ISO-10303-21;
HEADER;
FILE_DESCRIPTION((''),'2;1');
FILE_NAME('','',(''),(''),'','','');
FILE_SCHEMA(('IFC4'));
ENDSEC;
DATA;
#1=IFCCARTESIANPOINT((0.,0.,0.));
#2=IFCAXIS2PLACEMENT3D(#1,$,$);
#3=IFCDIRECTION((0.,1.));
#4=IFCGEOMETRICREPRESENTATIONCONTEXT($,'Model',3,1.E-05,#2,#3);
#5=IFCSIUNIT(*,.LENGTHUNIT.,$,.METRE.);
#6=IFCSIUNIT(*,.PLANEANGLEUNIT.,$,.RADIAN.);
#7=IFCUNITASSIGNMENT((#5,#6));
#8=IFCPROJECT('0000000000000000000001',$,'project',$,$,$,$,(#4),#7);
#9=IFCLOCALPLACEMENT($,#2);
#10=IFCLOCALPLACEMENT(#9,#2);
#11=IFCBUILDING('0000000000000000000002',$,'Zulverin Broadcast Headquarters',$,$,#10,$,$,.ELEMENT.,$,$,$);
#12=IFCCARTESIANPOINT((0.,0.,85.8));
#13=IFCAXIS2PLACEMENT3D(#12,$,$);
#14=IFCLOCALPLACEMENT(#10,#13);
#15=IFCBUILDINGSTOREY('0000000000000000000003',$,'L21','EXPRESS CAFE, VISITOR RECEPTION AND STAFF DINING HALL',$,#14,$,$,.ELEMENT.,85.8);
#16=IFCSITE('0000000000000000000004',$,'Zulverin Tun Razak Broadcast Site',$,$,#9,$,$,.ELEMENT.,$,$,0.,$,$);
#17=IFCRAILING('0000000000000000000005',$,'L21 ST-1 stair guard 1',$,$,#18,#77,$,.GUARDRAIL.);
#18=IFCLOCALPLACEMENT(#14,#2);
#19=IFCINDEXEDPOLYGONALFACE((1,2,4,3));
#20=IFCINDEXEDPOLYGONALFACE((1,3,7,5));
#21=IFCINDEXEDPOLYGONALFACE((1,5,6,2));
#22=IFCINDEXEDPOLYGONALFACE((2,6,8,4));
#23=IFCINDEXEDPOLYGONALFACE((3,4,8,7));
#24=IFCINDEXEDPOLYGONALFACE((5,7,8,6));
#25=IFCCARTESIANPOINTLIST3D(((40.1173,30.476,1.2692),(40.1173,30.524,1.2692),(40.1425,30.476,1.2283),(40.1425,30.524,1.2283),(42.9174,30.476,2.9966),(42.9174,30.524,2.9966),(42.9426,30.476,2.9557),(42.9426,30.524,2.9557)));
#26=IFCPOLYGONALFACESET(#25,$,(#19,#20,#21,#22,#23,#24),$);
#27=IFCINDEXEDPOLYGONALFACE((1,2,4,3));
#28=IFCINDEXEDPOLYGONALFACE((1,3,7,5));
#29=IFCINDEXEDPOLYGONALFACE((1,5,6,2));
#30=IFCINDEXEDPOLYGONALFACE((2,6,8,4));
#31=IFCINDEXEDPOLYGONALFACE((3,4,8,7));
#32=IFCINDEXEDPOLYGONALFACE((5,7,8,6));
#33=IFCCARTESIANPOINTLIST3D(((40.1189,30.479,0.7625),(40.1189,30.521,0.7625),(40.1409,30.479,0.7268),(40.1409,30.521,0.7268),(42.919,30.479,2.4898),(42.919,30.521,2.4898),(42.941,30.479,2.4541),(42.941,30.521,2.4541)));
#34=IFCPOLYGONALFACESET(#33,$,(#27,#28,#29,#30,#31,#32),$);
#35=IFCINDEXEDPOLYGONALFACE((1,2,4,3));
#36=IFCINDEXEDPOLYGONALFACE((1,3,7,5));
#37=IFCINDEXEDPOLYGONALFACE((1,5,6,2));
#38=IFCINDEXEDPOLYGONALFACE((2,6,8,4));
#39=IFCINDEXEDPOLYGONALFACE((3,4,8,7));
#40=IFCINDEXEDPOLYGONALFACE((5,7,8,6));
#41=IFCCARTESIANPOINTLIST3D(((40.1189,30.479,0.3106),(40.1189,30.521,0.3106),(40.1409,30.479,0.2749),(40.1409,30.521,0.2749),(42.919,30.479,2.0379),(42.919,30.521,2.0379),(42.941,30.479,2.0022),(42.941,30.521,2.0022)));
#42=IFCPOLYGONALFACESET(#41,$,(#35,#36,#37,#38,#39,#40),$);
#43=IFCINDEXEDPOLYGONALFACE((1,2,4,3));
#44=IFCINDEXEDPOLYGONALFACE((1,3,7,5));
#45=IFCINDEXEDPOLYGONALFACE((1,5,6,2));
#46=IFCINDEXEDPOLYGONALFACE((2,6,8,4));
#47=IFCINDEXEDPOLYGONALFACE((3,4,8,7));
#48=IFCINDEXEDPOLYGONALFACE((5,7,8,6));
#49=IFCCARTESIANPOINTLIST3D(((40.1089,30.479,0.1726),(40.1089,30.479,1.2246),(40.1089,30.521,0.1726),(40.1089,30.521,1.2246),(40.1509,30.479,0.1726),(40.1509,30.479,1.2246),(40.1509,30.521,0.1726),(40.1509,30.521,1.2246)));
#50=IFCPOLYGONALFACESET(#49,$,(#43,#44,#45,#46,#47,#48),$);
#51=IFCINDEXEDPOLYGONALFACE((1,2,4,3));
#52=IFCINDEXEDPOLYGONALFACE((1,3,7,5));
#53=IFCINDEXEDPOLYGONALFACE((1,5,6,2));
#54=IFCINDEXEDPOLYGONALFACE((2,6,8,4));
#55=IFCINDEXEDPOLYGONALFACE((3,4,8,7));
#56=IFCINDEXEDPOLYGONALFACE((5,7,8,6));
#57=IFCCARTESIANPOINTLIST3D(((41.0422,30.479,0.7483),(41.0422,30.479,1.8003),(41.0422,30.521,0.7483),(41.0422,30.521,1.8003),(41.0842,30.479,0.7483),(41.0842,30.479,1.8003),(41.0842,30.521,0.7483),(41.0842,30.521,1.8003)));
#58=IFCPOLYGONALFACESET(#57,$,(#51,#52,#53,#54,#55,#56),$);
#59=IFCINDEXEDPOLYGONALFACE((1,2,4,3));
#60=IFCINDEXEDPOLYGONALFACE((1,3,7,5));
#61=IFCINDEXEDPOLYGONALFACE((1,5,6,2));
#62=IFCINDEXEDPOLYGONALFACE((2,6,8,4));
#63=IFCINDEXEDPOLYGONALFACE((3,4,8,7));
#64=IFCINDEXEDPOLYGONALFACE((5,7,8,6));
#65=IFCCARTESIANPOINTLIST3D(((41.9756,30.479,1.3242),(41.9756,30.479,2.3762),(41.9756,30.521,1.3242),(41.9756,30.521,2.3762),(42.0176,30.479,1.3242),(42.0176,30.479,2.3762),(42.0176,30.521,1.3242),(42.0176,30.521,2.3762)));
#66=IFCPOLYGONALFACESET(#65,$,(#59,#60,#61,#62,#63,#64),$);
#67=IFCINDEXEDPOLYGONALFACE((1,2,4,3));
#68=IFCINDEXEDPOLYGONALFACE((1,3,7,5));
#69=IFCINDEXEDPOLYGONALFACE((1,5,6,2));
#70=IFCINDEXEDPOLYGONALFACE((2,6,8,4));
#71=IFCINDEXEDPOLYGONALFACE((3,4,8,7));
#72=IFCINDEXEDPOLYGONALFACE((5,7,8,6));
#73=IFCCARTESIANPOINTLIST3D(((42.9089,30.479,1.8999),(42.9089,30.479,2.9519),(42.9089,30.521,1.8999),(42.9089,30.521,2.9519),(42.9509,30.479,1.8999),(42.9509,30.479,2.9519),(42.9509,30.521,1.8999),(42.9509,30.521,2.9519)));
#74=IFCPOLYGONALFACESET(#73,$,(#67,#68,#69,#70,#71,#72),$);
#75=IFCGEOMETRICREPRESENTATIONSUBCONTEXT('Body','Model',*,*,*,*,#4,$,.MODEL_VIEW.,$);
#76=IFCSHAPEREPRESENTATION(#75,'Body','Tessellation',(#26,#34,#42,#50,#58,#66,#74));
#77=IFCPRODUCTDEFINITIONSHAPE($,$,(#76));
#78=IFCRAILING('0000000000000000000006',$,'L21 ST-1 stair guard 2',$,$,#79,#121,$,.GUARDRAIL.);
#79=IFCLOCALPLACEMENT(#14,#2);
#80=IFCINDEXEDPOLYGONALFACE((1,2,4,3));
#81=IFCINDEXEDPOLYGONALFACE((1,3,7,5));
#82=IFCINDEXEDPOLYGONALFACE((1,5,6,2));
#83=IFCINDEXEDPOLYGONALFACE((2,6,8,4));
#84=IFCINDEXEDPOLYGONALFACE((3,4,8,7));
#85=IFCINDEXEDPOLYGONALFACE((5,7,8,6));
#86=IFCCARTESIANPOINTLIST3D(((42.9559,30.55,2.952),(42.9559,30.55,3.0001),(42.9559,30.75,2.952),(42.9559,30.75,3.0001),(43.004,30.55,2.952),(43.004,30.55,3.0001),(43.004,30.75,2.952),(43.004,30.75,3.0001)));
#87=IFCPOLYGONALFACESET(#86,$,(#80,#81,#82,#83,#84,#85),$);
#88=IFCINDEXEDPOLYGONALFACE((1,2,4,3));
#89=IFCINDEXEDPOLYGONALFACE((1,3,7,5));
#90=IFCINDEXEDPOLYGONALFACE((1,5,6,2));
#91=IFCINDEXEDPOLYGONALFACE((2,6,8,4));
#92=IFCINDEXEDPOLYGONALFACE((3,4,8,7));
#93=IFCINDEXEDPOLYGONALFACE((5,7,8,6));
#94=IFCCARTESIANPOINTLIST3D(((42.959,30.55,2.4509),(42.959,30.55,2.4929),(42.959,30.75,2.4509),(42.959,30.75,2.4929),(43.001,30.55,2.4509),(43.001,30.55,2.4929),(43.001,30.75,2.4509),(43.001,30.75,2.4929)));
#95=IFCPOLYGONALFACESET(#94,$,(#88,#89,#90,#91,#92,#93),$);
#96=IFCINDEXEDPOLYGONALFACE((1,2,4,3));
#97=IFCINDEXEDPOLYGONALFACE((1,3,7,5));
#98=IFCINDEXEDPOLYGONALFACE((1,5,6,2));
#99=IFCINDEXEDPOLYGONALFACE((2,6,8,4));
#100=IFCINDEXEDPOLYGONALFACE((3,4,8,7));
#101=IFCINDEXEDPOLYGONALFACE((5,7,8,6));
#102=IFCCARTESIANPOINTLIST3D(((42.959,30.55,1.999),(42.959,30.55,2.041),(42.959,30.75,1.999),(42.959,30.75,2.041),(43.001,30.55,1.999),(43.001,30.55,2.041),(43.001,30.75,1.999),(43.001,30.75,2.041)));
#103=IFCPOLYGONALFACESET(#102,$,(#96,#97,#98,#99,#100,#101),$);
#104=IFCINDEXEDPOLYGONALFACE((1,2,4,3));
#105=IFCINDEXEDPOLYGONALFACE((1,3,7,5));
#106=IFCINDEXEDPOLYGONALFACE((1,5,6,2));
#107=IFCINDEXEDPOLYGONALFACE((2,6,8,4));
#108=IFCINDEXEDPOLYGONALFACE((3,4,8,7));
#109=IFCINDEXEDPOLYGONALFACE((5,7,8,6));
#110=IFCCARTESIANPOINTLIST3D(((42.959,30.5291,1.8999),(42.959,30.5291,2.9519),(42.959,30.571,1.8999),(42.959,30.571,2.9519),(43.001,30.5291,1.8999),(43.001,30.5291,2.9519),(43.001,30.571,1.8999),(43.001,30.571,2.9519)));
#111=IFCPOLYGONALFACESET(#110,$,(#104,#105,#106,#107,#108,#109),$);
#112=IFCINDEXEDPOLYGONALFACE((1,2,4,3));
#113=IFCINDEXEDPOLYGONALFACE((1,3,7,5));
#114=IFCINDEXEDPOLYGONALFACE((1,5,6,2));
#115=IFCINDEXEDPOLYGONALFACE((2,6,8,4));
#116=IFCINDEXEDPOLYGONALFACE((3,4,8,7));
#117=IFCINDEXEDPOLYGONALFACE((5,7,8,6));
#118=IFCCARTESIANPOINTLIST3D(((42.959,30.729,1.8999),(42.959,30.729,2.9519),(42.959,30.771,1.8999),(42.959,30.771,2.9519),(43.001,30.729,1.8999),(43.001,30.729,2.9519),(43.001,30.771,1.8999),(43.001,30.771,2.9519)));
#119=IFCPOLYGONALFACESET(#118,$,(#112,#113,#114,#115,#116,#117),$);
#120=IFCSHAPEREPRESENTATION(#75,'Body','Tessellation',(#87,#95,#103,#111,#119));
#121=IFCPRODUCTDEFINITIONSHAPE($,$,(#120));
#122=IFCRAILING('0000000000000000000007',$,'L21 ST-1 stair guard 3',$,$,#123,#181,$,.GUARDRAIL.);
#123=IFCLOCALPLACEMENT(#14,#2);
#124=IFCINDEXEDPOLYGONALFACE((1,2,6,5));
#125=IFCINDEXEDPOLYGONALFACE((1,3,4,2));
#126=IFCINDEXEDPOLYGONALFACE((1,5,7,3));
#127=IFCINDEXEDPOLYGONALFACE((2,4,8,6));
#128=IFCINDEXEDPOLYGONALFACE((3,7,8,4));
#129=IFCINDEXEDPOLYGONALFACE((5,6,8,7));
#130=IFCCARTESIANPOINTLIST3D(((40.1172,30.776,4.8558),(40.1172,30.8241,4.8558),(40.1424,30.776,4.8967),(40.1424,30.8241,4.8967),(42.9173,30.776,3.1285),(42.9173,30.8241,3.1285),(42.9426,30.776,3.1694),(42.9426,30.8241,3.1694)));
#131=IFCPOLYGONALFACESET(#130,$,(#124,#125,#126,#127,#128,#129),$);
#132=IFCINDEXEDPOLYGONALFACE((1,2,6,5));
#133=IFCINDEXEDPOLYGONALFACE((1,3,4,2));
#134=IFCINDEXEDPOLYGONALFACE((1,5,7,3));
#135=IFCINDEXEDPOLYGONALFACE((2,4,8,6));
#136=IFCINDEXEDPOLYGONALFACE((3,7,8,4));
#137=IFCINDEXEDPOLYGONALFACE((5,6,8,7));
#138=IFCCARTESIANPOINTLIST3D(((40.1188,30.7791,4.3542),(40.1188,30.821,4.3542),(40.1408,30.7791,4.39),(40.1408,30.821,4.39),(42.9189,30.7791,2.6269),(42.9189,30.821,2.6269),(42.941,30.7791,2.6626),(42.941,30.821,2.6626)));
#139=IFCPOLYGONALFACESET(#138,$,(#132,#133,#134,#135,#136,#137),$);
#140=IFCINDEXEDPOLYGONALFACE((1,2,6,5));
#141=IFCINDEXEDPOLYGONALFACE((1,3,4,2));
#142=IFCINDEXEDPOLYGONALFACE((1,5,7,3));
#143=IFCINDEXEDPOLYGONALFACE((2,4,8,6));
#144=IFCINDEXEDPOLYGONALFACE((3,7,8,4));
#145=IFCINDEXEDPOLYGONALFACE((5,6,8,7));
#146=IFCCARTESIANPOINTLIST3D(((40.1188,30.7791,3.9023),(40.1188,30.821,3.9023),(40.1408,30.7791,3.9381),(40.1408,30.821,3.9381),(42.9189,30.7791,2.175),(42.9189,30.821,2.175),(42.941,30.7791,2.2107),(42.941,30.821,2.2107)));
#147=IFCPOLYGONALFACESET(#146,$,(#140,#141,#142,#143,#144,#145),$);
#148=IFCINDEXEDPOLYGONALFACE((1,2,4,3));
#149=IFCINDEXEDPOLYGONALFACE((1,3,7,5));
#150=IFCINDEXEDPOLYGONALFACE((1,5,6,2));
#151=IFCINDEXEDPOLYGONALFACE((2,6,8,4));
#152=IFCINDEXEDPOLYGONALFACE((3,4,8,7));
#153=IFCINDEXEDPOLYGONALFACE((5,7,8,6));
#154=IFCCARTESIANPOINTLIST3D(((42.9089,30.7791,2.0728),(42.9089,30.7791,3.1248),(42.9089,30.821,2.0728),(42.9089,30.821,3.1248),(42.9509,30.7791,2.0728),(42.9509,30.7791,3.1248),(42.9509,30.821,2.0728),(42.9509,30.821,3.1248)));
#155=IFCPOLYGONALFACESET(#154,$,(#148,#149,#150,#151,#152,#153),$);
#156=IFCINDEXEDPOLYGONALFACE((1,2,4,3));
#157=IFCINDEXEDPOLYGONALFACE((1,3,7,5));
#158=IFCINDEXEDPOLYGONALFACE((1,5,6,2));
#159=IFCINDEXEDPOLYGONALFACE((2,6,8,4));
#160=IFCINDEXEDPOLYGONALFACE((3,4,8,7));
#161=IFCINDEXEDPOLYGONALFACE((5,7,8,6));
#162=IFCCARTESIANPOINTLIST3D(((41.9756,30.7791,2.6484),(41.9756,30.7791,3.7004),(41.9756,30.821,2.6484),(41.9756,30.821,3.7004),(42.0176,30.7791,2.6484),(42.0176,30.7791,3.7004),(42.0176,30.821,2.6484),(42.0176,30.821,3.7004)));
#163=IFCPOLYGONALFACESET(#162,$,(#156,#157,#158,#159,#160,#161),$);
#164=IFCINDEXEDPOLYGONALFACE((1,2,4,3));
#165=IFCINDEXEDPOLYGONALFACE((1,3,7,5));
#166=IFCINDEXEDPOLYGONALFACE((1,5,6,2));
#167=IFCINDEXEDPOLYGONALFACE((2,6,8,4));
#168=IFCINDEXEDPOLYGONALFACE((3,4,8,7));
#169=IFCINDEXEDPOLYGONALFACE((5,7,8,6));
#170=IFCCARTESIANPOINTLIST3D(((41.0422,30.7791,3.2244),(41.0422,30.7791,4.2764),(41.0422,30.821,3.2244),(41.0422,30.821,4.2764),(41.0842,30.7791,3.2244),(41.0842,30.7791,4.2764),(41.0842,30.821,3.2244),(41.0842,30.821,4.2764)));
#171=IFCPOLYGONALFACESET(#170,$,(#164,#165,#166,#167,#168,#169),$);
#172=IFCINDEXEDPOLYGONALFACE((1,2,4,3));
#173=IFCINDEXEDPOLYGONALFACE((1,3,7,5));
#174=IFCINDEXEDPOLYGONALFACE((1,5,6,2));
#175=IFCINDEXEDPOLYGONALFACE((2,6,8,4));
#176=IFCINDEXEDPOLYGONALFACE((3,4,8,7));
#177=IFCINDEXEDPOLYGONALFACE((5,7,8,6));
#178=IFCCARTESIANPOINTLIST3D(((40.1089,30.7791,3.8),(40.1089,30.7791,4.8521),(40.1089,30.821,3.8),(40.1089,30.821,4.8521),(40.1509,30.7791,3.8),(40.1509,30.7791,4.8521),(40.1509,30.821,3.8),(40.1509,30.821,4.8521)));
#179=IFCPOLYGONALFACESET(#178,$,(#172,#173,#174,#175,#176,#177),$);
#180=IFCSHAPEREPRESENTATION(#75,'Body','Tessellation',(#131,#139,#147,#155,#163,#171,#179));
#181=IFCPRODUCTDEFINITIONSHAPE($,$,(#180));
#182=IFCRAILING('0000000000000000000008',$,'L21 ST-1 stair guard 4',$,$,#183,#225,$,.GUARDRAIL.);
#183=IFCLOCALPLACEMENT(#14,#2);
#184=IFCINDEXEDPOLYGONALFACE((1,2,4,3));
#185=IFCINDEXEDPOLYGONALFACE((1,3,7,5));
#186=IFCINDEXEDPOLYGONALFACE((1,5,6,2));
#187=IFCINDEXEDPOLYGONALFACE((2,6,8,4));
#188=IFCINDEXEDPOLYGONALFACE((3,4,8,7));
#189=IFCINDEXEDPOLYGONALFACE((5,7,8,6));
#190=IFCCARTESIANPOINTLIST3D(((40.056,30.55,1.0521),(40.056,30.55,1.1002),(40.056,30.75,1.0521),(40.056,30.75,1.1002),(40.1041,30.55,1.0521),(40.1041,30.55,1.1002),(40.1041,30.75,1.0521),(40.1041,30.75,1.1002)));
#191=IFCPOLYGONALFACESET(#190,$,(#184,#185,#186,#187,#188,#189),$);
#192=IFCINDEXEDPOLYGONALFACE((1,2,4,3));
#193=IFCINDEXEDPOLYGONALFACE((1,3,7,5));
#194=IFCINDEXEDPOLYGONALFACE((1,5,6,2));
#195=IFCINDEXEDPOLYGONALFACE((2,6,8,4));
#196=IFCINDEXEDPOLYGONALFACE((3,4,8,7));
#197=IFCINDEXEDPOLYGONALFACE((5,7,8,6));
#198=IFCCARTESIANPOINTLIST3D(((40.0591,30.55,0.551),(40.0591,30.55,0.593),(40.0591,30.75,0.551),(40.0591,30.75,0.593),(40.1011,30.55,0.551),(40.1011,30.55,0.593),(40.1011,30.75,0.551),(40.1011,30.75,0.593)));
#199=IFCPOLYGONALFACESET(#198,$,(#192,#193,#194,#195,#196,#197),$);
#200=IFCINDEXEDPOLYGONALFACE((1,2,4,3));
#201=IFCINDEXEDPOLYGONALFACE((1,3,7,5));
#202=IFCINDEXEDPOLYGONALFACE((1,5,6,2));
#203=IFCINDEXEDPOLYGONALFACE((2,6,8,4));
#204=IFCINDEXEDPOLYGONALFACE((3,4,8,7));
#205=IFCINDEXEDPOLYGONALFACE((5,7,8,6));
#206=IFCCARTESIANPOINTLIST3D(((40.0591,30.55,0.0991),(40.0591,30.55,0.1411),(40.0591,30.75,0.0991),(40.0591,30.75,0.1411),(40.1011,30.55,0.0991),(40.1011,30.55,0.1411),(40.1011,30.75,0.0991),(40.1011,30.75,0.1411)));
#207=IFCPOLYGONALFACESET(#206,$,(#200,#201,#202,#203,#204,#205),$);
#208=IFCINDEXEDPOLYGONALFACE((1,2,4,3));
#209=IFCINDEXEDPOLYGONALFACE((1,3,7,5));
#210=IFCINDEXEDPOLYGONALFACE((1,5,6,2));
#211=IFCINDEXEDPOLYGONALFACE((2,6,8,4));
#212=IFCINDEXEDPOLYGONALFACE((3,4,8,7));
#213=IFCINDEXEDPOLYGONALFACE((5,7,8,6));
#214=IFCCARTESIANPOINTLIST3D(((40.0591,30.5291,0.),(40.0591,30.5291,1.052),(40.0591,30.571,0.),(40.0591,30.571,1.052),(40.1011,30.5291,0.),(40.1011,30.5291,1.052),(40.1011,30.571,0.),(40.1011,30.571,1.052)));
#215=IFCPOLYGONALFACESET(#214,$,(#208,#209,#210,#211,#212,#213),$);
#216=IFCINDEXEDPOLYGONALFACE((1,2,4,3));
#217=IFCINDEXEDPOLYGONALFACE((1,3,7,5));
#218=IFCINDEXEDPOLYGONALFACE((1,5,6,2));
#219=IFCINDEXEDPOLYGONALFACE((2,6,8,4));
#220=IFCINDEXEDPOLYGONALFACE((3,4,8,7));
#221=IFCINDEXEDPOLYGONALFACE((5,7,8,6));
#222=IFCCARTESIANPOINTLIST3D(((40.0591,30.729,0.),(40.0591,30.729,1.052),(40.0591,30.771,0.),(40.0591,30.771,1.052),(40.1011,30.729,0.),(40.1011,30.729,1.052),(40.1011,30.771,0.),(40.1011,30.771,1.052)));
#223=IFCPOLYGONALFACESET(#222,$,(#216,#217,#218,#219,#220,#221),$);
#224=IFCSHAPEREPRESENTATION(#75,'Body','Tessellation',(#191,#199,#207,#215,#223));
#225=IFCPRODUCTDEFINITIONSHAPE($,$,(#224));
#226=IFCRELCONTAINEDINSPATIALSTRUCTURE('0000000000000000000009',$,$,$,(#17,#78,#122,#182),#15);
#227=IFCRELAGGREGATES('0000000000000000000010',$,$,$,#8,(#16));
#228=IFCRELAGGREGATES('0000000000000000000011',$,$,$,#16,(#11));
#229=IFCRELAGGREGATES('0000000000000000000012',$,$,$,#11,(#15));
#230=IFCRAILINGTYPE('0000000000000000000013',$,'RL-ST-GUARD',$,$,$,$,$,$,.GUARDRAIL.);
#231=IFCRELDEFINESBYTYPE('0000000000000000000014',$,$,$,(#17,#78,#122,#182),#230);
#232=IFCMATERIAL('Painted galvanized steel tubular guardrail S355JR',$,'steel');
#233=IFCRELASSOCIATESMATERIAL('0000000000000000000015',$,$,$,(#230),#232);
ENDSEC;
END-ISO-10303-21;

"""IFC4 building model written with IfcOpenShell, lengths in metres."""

from ifc_helpers import new_model, si_unit, direction, frame, origin, origin_2d, place, context, subcontext, project, spatial, rectangle, extrude, material, type_object, element, save


model = new_model("IFC4")

# Units and contexts
model_context = context("Model", 3, precision=1e-05, world=origin(), true_north=direction((0.0, 1.0)))
body_context = subcontext(model_context, "Body", "Model", "MODEL_VIEW")
ifc_project = project(units=[si_unit("LENGTHUNIT", "METRE"), si_unit("PLANEANGLEUNIT", "RADIAN")], contexts=[model_context])

# Site, building, storey
site_placement = place(None, origin())
site = spatial("IfcSite", under=ifc_project, at=site_placement, Name="Zulverin Tun Razak Broadcast Site", CompositionType="ELEMENT", RefElevation=0.0)
building_placement = place(site_placement, origin())
building = spatial("IfcBuilding", under=site, at=building_placement, Name="Zulverin Broadcast Headquarters", CompositionType="ELEMENT")
storey_placement = place(building_placement, frame((0.0, 0.0, 85.8)))
storey = spatial("IfcBuildingStorey", under=building, at=storey_placement, Name="L21", Description="EXPRESS CAFE, VISITOR RECEPTION AND STAFF DINING HALL", CompositionType="ELEMENT", Elevation=85.8)

# Railings
ifc_material_1 = material(Name="Painted galvanized steel tubular guardrail S355JR", Category="steel")
railing_type_1 = type_object("IfcRailingType", Name="RL-ST-GUARD", PredefinedType="GUARDRAIL", material=ifc_material_1)
railing_1_placement = place(storey_placement, frame((40.1299, 30.5, 0.1726)))
element("IfcRailing", 1, at=railing_1_placement, inside=storey, type_object=railing_type_1, Name="L21 ST-1 stair guard 1", PredefinedType="GUARDRAIL", context=body_context, shape_type="SweptSolid", body=[
    extrude(rectangle(XDim=0.0481, YDim=0.0481, at=origin_2d()), frame((0.0, 0.0, 1.0762), z_axis=(0.85109, 0.0, 0.52502), x_axis=(0.0, 1.0, 0.0)), (0.0, 0.0, 1.0), 3.29),
    extrude(rectangle(XDim=0.042, YDim=0.042, at=origin_2d()), frame((0.0, 0.0, 0.572), z_axis=(0.85109, 0.0, 0.52502), x_axis=(0.0, 1.0, 0.0)), (0.0, 0.0, 1.0), 3.29),
    extrude(rectangle(XDim=0.042, YDim=0.042, at=origin_2d()), frame((0.0, 0.0, 0.1201), z_axis=(0.85109, 0.0, 0.52502), x_axis=(0.0, 1.0, 0.0)), (0.0, 0.0, 1.0), 3.29),
    extrude(rectangle(XDim=0.042, YDim=0.042, at=origin_2d()), origin(), (0.0, 0.0, 1.0), 1.052),
    extrude(rectangle(XDim=0.042, YDim=0.042, at=origin_2d()), frame((0.9333, 0.0, 0.5757)), (0.0, 0.0, 1.0), 1.052),
    extrude(rectangle(XDim=0.042, YDim=0.042, at=origin_2d()), frame((1.8667, 0.0, 1.1516)), (0.0, 0.0, 1.0), 1.052),
    extrude(rectangle(XDim=0.042, YDim=0.042, at=origin_2d()), frame((2.8, 0.0, 1.7273)), (0.0, 0.0, 1.0), 1.052),
])
railing_2_placement = place(storey_placement, frame((42.98, 30.55, 1.8999)))
element("IfcRailing", 2, at=railing_2_placement, inside=storey, type_object=railing_type_1, Name="L21 ST-1 stair guard 2", PredefinedType="GUARDRAIL", context=body_context, shape_type="SweptSolid", body=[
    extrude(rectangle(XDim=0.0481, YDim=0.0481, at=origin_2d()), frame((0.0, 0.0, 1.0762), z_axis=(0.0, 1.0, 0.0), x_axis=(-1.0, 0.0, 0.0)), (0.0, 0.0, 1.0), 0.2),
    extrude(rectangle(XDim=0.042, YDim=0.042, at=origin_2d()), frame((0.0, 0.0, 0.572), z_axis=(0.0, 1.0, 0.0), x_axis=(-1.0, 0.0, 0.0)), (0.0, 0.0, 1.0), 0.2),
    extrude(rectangle(XDim=0.042, YDim=0.042, at=origin_2d()), frame((0.0, 0.0, 0.1201), z_axis=(0.0, 1.0, 0.0), x_axis=(-1.0, 0.0, 0.0)), (0.0, 0.0, 1.0), 0.2),
    extrude(rectangle(XDim=0.042, YDim=0.042, at=origin_2d()), origin(), (0.0, 0.0, 1.0), 1.052),
    extrude(rectangle(XDim=0.042, YDim=0.042, at=origin_2d()), frame((0.0, 0.2, 0.0)), (0.0, 0.0, 1.0), 1.052),
])
railing_3_placement = place(storey_placement, frame((42.9299, 30.8, 2.0728)))
element("IfcRailing", 3, at=railing_3_placement, inside=storey, type_object=railing_type_1, Name="L21 ST-1 stair guard 3", PredefinedType="GUARDRAIL", context=body_context, shape_type="SweptSolid", body=[
    extrude(rectangle(XDim=0.0481, YDim=0.0481, at=origin_2d()), frame((0.0, 0.0, 1.0762), z_axis=(-0.85109, 0.0, 0.52502), x_axis=(0.0, -1.0, 0.0)), (0.0, 0.0, 1.0), 3.29),
    extrude(rectangle(XDim=0.042, YDim=0.042, at=origin_2d()), frame((0.0, 0.0, 0.572), z_axis=(-0.85109, 0.0, 0.52502), x_axis=(0.0, -1.0, 0.0)), (0.0, 0.0, 1.0), 3.29),
    extrude(rectangle(XDim=0.042, YDim=0.042, at=origin_2d()), frame((0.0, 0.0, 0.1201), z_axis=(-0.85109, 0.0, 0.52502), x_axis=(0.0, -1.0, 0.0)), (0.0, 0.0, 1.0), 3.29),
    extrude(rectangle(XDim=0.042, YDim=0.042, at=origin_2d()), origin(), (0.0, 0.0, 1.0), 1.052),
    extrude(rectangle(XDim=0.042, YDim=0.042, at=origin_2d()), frame((-0.9333, 0.0, 0.5757)), (0.0, 0.0, 1.0), 1.052),
    extrude(rectangle(XDim=0.042, YDim=0.042, at=origin_2d()), frame((-1.8667, 0.0, 1.1516)), (0.0, 0.0, 1.0), 1.052),
    extrude(rectangle(XDim=0.042, YDim=0.042, at=origin_2d()), frame((-2.8, 0.0, 1.7273)), (0.0, 0.0, 1.0), 1.052),
])
railing_4_placement = place(storey_placement, frame((40.0801, 30.55, 0.0)))
element("IfcRailing", 4, at=railing_4_placement, inside=storey, type_object=railing_type_1, Name="L21 ST-1 stair guard 4", PredefinedType="GUARDRAIL", context=body_context, shape_type="SweptSolid", body=[
    extrude(rectangle(XDim=0.0481, YDim=0.0481, at=origin_2d()), frame((0.0, 0.0, 1.0762), z_axis=(0.0, 1.0, 0.0), x_axis=(-1.0, 0.0, 0.0)), (0.0, 0.0, 1.0), 0.2),
    extrude(rectangle(XDim=0.042, YDim=0.042, at=origin_2d()), frame((0.0, 0.0, 0.572), z_axis=(0.0, 1.0, 0.0), x_axis=(-1.0, 0.0, 0.0)), (0.0, 0.0, 1.0), 0.2),
    extrude(rectangle(XDim=0.042, YDim=0.042, at=origin_2d()), frame((0.0, 0.0, 0.1201), z_axis=(0.0, 1.0, 0.0), x_axis=(-1.0, 0.0, 0.0)), (0.0, 0.0, 1.0), 0.2),
    extrude(rectangle(XDim=0.042, YDim=0.042, at=origin_2d()), origin(), (0.0, 0.0, 1.0), 1.052),
    extrude(rectangle(XDim=0.042, YDim=0.042, at=origin_2d()), frame((0.0, 0.2, 0.0)), (0.0, 0.0, 1.0), 1.052),
])

save(model, "model.ifc")
